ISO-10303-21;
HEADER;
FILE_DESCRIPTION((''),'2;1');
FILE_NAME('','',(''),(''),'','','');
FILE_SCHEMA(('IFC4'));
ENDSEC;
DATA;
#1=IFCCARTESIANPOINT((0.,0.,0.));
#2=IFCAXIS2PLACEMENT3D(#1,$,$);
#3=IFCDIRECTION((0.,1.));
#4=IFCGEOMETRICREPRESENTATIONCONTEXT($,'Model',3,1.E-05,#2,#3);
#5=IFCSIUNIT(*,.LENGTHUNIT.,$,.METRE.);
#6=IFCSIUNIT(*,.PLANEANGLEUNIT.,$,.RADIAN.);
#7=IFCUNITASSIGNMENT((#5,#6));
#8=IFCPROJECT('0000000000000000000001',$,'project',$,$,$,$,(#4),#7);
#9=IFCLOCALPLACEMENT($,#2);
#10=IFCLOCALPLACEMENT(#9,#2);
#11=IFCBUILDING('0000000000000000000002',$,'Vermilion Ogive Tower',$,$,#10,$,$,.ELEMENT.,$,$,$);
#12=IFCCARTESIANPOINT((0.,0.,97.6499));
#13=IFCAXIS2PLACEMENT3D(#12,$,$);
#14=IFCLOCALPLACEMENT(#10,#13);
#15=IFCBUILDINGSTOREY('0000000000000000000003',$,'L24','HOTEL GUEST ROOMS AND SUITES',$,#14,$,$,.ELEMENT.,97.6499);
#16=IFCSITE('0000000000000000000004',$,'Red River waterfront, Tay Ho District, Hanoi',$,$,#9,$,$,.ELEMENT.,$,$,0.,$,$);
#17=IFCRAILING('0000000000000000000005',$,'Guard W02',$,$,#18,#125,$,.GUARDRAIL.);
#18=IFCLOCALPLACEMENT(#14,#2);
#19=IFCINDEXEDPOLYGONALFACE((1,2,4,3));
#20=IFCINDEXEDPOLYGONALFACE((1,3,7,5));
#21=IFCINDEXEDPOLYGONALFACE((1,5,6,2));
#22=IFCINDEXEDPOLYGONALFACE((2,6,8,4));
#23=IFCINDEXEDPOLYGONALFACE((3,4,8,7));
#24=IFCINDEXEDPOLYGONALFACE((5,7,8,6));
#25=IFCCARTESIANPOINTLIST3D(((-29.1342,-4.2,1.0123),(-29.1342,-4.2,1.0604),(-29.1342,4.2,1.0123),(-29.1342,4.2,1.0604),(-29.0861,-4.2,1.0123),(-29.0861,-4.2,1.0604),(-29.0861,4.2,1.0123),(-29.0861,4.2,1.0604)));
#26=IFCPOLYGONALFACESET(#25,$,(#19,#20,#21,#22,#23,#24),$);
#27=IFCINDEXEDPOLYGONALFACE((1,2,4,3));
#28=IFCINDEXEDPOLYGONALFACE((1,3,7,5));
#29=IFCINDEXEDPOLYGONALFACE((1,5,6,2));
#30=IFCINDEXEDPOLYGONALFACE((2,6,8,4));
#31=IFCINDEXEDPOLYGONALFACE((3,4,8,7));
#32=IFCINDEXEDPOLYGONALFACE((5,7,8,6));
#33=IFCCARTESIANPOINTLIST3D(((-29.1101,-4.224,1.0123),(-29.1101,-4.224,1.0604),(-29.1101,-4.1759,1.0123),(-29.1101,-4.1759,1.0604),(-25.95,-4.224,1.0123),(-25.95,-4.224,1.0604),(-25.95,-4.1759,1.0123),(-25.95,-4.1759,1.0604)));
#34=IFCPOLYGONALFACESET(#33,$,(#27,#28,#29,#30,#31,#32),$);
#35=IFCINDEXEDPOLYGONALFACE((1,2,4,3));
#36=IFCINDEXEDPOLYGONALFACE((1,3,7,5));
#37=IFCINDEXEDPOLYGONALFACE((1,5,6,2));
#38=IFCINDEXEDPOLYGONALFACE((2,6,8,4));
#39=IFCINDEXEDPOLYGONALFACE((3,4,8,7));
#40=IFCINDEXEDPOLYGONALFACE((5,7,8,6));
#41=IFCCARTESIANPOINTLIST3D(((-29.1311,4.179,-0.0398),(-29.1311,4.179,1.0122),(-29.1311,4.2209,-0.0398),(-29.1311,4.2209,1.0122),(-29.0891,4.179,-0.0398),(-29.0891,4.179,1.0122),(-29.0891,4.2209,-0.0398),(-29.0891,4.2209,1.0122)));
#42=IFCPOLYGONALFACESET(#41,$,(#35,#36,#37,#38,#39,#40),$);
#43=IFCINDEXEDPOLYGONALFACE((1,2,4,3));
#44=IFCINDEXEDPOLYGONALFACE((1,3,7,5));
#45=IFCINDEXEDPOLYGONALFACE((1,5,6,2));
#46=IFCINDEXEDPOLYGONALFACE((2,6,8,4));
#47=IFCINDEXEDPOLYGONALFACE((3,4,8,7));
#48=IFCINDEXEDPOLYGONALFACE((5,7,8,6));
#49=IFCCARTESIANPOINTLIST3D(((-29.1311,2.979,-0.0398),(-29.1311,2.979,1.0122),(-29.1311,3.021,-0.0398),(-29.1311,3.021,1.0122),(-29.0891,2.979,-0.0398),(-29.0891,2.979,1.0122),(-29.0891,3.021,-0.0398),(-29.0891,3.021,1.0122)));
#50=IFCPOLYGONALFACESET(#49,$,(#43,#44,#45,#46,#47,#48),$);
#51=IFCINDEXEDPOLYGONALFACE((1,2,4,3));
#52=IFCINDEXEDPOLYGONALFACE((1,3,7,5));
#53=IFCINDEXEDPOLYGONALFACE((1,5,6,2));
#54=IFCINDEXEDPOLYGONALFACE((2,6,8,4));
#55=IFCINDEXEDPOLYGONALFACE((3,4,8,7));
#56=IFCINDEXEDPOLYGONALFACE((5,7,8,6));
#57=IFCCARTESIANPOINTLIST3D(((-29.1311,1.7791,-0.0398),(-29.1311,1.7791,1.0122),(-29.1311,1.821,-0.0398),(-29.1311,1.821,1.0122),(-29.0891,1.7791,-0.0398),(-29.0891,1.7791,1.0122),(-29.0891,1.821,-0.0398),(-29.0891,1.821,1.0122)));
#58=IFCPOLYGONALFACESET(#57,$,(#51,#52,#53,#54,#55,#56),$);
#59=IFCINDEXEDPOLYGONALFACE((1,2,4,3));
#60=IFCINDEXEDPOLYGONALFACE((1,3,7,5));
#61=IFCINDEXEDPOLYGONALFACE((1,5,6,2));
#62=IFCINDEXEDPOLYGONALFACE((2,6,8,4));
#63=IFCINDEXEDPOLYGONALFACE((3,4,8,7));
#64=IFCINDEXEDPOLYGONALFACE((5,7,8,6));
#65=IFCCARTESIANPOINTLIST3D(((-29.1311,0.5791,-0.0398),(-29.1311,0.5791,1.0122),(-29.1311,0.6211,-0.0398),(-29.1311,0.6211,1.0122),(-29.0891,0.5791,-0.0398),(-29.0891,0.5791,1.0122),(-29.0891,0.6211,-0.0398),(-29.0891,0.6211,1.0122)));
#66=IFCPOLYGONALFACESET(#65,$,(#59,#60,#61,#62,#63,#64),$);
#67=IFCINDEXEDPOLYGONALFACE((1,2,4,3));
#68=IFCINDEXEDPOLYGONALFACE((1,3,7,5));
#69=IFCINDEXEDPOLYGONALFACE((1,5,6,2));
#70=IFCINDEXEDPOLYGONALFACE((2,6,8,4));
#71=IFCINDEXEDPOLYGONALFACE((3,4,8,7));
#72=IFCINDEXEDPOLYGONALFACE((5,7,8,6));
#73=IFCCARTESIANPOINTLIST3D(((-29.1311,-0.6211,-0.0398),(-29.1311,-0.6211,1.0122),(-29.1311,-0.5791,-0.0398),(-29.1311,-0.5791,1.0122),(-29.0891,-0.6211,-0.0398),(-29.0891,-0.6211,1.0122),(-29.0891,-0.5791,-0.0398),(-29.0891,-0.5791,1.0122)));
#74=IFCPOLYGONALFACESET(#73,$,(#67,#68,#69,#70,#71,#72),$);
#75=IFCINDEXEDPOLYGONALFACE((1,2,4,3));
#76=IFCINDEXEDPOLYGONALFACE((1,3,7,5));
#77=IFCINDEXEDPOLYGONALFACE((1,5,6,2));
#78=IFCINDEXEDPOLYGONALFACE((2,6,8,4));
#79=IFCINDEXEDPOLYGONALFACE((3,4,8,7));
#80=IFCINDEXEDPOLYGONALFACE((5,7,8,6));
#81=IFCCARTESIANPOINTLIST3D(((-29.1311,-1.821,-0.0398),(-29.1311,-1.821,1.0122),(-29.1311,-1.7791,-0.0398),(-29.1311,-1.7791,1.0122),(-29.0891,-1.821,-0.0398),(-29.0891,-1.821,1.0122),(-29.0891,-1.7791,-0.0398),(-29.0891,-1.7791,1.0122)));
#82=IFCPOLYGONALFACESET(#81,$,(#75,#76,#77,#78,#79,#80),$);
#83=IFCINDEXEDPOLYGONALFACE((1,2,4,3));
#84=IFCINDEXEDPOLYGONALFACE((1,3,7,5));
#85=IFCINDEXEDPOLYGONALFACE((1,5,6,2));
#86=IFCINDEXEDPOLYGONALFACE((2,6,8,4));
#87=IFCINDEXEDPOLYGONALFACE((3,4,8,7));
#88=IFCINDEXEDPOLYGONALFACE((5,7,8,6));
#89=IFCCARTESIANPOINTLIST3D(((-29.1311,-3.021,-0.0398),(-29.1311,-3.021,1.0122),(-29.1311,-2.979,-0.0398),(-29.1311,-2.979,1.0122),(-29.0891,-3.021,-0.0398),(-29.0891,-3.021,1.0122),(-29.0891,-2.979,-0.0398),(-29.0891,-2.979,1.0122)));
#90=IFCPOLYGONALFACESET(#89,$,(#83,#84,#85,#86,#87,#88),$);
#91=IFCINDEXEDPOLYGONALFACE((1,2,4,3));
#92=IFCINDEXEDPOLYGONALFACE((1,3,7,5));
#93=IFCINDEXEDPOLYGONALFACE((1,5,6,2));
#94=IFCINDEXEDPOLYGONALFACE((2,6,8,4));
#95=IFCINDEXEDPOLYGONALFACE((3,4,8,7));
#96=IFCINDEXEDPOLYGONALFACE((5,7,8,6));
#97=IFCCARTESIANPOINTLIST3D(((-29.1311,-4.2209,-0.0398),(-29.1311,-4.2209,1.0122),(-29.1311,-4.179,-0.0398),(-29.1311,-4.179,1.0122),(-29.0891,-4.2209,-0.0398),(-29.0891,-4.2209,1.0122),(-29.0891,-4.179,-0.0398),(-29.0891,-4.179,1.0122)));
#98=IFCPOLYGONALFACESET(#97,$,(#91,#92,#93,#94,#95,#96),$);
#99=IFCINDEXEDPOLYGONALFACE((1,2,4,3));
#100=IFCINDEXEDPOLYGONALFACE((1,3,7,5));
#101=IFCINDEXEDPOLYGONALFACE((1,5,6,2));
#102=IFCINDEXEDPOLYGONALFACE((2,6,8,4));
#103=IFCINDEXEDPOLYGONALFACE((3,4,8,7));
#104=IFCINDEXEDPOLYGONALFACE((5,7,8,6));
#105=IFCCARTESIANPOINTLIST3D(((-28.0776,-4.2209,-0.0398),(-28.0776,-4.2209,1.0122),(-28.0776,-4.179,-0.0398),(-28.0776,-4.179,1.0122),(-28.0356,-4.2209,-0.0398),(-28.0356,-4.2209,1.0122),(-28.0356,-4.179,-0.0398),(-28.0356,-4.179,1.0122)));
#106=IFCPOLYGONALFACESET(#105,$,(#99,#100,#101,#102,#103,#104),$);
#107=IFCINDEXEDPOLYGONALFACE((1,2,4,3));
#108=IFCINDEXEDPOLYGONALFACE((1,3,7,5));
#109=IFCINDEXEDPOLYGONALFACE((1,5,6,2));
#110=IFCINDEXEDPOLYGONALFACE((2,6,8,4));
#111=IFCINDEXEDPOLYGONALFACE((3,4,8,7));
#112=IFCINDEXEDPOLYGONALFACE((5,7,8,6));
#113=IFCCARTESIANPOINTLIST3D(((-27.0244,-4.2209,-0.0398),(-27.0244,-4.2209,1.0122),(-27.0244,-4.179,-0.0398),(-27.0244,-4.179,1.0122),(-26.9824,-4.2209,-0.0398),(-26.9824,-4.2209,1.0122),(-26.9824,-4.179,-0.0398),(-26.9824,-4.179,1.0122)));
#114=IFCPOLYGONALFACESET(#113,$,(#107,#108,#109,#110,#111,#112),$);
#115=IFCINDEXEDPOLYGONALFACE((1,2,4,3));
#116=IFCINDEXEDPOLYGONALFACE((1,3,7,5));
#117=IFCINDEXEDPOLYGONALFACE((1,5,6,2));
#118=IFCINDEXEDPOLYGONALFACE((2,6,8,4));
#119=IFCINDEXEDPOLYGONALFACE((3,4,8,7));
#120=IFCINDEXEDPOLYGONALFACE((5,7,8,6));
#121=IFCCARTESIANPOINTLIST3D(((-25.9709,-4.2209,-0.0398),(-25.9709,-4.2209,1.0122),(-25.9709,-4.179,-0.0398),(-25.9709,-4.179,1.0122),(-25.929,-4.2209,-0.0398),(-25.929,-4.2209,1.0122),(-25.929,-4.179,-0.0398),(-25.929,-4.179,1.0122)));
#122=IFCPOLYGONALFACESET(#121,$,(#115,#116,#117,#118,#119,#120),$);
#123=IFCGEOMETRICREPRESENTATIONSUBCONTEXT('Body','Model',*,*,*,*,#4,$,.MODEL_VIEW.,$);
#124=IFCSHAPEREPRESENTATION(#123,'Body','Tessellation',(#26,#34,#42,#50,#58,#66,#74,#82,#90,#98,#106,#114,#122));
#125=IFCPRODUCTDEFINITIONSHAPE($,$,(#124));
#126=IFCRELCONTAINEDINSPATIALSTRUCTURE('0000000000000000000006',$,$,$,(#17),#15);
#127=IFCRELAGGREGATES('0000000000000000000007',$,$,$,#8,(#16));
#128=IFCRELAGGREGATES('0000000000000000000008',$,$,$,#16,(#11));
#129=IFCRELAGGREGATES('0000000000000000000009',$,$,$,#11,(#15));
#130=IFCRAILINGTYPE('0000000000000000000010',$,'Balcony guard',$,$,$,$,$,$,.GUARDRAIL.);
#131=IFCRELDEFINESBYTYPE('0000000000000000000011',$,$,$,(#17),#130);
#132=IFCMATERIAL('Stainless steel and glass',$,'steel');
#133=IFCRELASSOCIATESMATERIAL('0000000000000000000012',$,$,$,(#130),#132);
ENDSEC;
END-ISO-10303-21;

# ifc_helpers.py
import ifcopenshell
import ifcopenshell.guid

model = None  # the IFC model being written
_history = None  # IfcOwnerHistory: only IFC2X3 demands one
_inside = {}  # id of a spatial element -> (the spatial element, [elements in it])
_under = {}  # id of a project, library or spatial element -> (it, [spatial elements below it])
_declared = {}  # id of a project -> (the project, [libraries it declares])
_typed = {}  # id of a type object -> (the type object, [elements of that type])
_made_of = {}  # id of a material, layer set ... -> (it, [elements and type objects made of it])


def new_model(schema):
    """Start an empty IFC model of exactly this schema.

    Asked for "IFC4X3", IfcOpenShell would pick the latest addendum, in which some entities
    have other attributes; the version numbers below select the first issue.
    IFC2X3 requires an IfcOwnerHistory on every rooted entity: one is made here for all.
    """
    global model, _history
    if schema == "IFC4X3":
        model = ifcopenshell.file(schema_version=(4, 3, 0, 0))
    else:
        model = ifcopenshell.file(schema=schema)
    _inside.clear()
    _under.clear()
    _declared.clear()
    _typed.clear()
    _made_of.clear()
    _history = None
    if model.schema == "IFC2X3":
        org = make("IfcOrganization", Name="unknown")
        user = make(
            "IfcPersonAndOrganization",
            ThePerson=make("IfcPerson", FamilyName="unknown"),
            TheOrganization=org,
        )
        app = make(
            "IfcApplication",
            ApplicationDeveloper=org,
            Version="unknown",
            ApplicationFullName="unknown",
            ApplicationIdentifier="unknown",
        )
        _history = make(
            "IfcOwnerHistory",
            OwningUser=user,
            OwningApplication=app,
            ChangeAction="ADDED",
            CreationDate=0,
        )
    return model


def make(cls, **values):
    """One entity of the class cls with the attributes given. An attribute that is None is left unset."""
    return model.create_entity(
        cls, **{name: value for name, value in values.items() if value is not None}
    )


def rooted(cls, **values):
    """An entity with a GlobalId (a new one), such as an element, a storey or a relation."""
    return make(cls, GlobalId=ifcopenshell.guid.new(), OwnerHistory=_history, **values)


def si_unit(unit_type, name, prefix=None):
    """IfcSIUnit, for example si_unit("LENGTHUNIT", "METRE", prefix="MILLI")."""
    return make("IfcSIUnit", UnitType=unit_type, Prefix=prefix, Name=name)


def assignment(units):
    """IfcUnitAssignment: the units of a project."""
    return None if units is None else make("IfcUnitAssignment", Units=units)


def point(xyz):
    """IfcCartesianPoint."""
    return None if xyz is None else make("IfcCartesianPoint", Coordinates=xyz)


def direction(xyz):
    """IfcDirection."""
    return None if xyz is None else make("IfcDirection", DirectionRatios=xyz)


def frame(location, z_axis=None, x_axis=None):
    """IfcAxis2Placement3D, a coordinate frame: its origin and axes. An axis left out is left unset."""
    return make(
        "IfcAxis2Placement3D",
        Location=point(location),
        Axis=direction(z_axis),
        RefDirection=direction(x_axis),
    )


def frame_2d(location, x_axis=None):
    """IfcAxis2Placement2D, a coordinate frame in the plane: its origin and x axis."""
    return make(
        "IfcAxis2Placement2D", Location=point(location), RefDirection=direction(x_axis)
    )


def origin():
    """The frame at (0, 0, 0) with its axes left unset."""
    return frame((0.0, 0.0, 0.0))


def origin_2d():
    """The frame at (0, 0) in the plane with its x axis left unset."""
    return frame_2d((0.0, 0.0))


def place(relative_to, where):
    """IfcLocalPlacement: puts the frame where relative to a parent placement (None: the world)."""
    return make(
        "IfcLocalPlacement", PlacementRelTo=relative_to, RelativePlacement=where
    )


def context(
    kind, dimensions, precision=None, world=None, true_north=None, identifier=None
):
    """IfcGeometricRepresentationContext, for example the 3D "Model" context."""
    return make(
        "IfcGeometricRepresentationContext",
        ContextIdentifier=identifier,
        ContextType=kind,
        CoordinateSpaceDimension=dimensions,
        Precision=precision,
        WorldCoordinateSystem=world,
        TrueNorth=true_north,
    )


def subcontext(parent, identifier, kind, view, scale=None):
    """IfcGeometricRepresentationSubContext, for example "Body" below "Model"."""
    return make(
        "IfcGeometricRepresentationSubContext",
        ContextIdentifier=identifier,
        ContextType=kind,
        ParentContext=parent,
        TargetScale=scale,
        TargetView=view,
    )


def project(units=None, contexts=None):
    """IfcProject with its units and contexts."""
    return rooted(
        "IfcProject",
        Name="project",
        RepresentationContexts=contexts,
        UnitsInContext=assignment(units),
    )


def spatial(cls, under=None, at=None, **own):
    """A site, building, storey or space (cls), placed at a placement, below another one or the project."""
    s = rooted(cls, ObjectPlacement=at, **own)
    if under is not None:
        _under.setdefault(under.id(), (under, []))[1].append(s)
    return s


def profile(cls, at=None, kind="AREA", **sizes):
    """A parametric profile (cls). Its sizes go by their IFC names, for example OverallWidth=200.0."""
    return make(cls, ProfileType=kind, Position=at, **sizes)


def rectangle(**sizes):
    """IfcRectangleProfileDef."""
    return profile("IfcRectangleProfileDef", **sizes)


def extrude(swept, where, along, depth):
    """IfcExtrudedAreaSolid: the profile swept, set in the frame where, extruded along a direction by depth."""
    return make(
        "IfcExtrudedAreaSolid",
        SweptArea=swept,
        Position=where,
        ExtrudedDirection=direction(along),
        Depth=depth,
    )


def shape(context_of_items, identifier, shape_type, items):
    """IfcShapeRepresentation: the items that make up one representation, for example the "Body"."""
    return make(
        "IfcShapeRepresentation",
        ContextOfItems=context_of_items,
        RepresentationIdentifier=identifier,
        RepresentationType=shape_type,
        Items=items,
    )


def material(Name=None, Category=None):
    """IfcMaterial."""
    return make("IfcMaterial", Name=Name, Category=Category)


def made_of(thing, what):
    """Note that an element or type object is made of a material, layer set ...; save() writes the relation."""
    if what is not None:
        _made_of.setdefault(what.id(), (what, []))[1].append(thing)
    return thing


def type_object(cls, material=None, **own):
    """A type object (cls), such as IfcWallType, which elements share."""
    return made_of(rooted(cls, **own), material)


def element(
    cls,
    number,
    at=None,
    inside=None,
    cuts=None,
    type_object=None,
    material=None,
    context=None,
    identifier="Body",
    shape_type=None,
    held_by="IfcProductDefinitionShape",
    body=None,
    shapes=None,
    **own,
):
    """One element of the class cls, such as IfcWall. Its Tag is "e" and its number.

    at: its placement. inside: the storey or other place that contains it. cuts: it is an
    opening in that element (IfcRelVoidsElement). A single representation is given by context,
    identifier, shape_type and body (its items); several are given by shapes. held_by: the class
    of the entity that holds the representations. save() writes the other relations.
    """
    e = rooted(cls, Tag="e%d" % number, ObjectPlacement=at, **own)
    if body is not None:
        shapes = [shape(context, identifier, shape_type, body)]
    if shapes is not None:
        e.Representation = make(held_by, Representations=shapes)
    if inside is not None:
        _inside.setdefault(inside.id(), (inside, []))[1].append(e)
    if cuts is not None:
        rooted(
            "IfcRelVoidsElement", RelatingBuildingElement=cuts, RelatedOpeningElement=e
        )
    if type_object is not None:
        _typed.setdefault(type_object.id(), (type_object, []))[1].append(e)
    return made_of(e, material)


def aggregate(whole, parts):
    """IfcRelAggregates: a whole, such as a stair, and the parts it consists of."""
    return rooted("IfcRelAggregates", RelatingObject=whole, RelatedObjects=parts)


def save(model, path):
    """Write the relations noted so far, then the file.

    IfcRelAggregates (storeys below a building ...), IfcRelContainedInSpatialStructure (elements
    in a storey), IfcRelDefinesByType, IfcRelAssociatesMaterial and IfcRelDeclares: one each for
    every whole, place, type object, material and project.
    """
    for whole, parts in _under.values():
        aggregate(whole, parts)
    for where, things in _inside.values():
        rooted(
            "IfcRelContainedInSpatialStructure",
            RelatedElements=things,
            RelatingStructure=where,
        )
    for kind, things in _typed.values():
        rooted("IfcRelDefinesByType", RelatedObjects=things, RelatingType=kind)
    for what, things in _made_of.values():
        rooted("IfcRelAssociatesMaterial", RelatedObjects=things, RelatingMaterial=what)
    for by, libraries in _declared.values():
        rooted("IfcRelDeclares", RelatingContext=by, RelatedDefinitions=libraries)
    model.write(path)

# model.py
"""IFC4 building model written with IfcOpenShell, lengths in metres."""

from ifc_helpers import new_model, si_unit, direction, frame, origin, origin_2d, place, context, subcontext, project, spatial, rectangle, extrude, material, type_object, element, save


model = new_model("IFC4")

# Units and contexts
model_context = context("Model", 3, precision=1e-05, world=origin(), true_north=direction((0.0, 1.0)))
body_context = subcontext(model_context, "Body", "Model", "MODEL_VIEW")
ifc_project = project(units=[si_unit("LENGTHUNIT", "METRE"), si_unit("PLANEANGLEUNIT", "RADIAN")], contexts=[model_context])

# Site, building, storey
site_placement = place(None, origin())
site = spatial("IfcSite", under=ifc_project, at=site_placement, Name="Red River waterfront, Tay Ho District, Hanoi", CompositionType="ELEMENT", RefElevation=0.0)
building_placement = place(site_placement, origin())
building = spatial("IfcBuilding", under=site, at=building_placement, Name="Vermilion Ogive Tower", CompositionType="ELEMENT")
storey_placement = place(building_placement, frame((0.0, 0.0, 97.6499)))
storey = spatial("IfcBuildingStorey", under=building, at=storey_placement, Name="L24", Description="HOTEL GUEST ROOMS AND SUITES", CompositionType="ELEMENT", Elevation=97.6499)

# Railing
ifc_material_1 = material(Name="Stainless steel and glass", Category="steel")
railing_type = type_object("IfcRailingType", Name="Balcony guard", PredefinedType="GUARDRAIL", material=ifc_material_1)
railing_placement = place(storey_placement, frame((-29.1101, 4.2, -0.0398)))
element("IfcRailing", 1, at=railing_placement, inside=storey, type_object=railing_type, Name="Guard W02", PredefinedType="GUARDRAIL", context=body_context, shape_type="SweptSolid", body=[
    extrude(rectangle(XDim=0.0481, YDim=0.0481, at=origin_2d()), frame((0.0, 0.0, 1.0762), z_axis=(0.0, -1.0, 0.0), x_axis=(1.0, 0.0, 0.0)), (0.0, 0.0, 1.0), 8.3999),
    extrude(rectangle(XDim=0.0481, YDim=0.0481, at=origin_2d()), frame((0.0, -8.3999, 1.0762), z_axis=(1.0, 0.0, 0.0), x_axis=(0.0, 1.0, 0.0)), (0.0, 0.0, 1.0), 3.1602),
    extrude(rectangle(XDim=0.042, YDim=0.042, at=origin_2d()), origin(), (0.0, 0.0, 1.0), 1.052),
    extrude(rectangle(XDim=0.042, YDim=0.042, at=origin_2d()), frame((0.0, -1.2, 0.0)), (0.0, 0.0, 1.0), 1.052),
    extrude(rectangle(XDim=0.042, YDim=0.042, at=origin_2d()), frame((0.0, -2.3999, 0.0)), (0.0, 0.0, 1.0), 1.052),
    extrude(rectangle(XDim=0.042, YDim=0.042, at=origin_2d()), frame((0.0, -3.5999, 0.0)), (0.0, 0.0, 1.0), 1.052),
    extrude(rectangle(XDim=0.042, YDim=0.042, at=origin_2d()), frame((0.0, -4.8, 0.0)), (0.0, 0.0, 1.0), 1.052),
    extrude(rectangle(XDim=0.042, YDim=0.042, at=origin_2d()), frame((0.0, -6.0, 0.0)), (0.0, 0.0, 1.0), 1.052),
    extrude(rectangle(XDim=0.042, YDim=0.042, at=origin_2d()), frame((0.0, -7.2, 0.0)), (0.0, 0.0, 1.0), 1.052),
    extrude(rectangle(XDim=0.042, YDim=0.042, at=origin_2d()), frame((0.0, -8.3999, 0.0)), (0.0, 0.0, 1.0), 1.052),
    extrude(rectangle(XDim=0.042, YDim=0.042, at=origin_2d()), frame((1.0535, -8.3999, 0.0)), (0.0, 0.0, 1.0), 1.052),
    extrude(rectangle(XDim=0.042, YDim=0.042, at=origin_2d()), frame((2.1067, -8.3999, 0.0)), (0.0, 0.0, 1.0), 1.052),
    extrude(rectangle(XDim=0.042, YDim=0.042, at=origin_2d()), frame((3.1602, -8.3999, 0.0)), (0.0, 0.0, 1.0), 1.052),
])

save(model, "model.ifc")
